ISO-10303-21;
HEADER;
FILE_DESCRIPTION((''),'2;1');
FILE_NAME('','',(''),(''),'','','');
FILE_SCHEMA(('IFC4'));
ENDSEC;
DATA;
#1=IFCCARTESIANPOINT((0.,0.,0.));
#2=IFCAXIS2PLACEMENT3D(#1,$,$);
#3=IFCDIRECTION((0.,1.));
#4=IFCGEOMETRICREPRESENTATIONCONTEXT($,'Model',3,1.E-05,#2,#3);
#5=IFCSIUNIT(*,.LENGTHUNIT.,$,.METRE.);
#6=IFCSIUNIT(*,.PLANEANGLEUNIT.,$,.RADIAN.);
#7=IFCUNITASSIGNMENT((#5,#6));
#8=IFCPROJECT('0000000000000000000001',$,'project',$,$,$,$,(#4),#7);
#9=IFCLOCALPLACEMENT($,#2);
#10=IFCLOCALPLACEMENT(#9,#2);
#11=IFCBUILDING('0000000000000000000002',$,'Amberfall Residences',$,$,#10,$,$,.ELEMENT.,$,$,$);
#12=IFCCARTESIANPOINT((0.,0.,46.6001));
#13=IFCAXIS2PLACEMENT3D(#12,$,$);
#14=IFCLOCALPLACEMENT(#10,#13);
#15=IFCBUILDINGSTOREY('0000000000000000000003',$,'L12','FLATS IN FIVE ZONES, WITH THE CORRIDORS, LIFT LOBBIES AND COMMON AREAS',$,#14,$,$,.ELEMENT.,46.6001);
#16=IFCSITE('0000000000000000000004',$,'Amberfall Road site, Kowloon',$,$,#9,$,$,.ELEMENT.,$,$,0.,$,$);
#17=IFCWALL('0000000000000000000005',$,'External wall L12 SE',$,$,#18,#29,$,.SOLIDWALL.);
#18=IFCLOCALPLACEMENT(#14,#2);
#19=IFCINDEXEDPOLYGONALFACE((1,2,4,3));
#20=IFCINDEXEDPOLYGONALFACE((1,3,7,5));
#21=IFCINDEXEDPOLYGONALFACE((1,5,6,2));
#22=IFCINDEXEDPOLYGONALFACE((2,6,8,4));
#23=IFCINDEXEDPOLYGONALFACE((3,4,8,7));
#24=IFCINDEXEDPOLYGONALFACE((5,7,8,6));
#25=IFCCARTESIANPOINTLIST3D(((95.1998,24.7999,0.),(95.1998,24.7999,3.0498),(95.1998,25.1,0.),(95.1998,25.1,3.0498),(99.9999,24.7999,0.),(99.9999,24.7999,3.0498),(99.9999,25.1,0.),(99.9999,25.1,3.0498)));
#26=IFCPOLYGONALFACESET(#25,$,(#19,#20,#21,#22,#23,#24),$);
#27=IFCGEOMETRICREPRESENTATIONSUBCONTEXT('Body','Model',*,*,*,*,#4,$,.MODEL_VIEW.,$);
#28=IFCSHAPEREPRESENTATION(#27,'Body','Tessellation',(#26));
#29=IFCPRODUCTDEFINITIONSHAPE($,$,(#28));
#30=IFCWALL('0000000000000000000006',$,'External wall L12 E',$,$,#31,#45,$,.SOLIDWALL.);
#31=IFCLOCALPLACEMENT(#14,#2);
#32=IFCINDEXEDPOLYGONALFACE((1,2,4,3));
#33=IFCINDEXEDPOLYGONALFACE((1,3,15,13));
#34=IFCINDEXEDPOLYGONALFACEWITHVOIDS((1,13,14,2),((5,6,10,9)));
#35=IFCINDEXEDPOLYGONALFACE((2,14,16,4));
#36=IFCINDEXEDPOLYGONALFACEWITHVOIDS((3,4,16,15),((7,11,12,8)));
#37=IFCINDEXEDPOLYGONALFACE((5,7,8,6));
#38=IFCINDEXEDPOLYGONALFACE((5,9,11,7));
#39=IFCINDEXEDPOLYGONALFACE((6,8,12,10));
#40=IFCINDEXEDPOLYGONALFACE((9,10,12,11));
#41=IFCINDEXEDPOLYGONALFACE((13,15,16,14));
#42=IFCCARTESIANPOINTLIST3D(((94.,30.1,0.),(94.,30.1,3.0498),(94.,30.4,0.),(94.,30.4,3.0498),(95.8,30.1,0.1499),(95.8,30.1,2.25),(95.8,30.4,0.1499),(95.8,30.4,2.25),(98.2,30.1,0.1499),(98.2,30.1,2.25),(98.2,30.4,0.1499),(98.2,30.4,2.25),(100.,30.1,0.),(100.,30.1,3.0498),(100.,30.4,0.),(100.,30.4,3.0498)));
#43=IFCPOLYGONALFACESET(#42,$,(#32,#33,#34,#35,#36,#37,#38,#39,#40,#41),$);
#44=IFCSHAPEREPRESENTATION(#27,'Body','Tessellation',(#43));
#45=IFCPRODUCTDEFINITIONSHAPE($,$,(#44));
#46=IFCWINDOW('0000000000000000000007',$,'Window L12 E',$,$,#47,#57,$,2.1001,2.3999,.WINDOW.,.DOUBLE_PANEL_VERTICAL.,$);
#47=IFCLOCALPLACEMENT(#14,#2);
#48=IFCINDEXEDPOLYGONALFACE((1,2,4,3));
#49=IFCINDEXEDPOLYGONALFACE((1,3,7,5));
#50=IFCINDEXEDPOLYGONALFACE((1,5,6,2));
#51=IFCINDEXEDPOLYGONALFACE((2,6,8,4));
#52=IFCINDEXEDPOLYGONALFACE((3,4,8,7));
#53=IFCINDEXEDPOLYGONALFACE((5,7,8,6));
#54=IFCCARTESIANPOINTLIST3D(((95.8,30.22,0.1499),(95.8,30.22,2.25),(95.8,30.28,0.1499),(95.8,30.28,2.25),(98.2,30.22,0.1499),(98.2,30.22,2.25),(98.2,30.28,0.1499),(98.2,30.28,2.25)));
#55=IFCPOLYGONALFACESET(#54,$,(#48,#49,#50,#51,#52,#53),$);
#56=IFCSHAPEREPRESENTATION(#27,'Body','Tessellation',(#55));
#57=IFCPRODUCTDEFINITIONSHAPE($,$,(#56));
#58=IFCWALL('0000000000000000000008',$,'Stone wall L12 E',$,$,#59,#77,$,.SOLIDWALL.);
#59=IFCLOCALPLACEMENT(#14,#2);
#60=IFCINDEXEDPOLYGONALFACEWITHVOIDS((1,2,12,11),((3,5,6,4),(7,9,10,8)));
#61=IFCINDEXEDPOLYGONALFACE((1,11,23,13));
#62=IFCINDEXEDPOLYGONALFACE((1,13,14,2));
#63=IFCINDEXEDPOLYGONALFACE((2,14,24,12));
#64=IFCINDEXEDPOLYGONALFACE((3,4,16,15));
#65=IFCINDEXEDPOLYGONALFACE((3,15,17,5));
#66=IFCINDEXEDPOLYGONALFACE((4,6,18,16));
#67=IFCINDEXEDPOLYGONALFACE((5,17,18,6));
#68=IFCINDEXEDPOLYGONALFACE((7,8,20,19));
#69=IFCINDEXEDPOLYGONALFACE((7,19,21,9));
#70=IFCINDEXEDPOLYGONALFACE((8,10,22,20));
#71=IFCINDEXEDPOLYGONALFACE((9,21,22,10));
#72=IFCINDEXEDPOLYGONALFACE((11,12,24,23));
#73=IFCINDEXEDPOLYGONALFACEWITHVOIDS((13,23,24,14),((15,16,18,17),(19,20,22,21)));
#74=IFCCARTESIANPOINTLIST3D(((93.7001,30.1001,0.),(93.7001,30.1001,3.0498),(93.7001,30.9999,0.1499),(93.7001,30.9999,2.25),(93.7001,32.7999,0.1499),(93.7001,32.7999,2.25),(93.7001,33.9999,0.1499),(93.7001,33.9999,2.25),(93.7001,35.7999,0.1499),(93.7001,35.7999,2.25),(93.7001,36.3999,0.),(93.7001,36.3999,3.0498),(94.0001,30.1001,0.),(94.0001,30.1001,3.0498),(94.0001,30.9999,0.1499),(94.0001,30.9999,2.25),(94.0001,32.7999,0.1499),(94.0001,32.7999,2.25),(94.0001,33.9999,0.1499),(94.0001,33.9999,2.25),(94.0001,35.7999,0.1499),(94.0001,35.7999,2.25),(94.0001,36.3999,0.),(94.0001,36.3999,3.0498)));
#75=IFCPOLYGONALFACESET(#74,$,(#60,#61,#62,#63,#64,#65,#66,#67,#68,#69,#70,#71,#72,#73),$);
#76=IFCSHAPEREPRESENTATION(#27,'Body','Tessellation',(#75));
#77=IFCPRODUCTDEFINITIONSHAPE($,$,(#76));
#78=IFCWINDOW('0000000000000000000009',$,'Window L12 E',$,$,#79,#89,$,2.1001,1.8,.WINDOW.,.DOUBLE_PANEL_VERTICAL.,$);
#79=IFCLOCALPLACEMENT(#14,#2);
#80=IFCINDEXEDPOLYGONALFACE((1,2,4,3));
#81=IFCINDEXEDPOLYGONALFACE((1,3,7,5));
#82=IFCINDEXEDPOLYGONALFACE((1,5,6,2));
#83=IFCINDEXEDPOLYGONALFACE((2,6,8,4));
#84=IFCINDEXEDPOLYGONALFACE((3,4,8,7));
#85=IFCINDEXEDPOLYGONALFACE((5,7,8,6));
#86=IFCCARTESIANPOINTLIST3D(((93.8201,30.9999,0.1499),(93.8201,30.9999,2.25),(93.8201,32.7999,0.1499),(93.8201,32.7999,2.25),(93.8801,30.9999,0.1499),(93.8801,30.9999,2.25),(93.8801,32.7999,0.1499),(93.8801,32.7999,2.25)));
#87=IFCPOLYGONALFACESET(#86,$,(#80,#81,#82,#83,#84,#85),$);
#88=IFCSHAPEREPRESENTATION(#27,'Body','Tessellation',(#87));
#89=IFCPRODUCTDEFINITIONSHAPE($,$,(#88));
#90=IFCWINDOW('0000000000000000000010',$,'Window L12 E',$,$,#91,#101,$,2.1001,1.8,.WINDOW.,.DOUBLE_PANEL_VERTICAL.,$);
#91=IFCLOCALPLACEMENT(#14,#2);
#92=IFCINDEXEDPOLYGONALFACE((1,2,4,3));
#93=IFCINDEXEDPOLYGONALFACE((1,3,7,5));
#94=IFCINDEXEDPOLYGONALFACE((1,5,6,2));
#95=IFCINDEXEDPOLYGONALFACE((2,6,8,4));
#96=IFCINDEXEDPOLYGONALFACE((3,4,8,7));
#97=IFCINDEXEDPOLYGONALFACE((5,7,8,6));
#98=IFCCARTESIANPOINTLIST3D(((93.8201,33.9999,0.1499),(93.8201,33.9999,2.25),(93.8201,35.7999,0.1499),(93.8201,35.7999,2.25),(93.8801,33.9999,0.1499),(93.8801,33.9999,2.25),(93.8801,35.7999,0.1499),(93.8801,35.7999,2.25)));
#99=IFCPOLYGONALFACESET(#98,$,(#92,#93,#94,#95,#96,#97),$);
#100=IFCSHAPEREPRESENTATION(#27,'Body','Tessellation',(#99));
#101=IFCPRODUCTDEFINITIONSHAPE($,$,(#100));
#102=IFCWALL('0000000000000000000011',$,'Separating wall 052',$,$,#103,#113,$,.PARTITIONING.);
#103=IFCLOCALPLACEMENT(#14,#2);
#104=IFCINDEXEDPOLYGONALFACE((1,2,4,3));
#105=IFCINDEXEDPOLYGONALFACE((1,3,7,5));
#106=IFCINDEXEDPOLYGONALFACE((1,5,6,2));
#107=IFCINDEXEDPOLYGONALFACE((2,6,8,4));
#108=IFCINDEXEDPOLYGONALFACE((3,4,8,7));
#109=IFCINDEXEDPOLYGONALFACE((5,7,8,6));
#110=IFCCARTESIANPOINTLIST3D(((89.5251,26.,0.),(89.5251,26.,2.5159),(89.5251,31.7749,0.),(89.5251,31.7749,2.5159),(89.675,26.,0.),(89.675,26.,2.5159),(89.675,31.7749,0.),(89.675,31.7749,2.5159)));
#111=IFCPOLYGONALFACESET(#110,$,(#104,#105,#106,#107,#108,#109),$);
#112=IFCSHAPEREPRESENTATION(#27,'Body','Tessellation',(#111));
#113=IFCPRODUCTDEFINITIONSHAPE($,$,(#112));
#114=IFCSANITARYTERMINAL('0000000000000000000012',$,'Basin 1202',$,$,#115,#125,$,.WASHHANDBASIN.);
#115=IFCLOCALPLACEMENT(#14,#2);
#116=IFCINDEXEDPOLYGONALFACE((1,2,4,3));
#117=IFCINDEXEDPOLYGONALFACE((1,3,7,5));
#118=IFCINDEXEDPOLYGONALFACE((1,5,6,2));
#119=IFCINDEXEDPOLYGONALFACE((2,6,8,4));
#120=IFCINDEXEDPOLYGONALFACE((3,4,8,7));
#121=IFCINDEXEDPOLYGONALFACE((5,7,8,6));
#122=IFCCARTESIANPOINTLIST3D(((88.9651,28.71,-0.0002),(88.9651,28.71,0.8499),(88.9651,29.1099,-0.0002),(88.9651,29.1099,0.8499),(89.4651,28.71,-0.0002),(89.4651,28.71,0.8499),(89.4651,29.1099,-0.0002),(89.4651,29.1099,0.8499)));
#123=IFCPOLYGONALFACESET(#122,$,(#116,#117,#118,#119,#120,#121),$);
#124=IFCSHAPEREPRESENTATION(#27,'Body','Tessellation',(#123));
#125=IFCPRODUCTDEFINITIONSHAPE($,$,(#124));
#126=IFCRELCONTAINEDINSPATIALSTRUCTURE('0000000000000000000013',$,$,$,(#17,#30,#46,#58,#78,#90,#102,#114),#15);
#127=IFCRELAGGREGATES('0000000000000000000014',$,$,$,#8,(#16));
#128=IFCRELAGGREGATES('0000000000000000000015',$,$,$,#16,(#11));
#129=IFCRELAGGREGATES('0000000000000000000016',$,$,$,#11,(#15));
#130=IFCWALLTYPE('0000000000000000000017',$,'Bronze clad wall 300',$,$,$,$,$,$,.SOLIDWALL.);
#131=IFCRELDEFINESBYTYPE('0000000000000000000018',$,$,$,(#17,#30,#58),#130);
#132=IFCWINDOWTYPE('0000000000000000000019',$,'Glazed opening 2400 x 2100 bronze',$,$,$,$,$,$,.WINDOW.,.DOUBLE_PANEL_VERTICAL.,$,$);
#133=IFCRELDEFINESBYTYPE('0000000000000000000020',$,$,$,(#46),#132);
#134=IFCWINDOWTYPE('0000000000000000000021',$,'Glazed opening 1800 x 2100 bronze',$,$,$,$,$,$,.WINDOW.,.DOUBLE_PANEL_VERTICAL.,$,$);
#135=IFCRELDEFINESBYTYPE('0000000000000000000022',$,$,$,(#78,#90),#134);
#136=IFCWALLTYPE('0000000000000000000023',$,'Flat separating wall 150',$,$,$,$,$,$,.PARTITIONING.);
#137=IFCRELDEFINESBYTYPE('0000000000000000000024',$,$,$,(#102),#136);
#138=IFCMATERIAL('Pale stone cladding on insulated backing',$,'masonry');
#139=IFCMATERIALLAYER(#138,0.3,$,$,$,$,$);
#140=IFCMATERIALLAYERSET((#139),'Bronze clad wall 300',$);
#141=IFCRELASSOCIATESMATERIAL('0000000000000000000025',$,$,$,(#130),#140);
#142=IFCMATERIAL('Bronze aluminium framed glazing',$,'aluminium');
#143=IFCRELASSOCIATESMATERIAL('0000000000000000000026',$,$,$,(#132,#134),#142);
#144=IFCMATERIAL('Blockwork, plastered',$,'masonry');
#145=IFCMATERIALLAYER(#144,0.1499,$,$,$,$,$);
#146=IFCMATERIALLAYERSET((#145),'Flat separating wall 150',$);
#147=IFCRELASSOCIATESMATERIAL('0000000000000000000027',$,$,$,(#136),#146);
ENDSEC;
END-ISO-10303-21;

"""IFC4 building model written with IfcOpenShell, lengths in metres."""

from ifc_helpers import new_model, si_unit, direction, frame, frame_2d, origin, origin_2d, place, context, subcontext, project, spatial, rectangle, extrude, material, layer, layer_set, type_object, element, fill, save


model = new_model("IFC4")

# Units and contexts
model_context = context("Model", 3, precision=1e-05, world=origin(), true_north=direction((0.0, 1.0)))
body_context = subcontext(model_context, "Body", "Model", "MODEL_VIEW")
ifc_project = project(units=[si_unit("LENGTHUNIT", "METRE"), si_unit("PLANEANGLEUNIT", "RADIAN")], contexts=[model_context])

# Site, building, storey
site_placement = place(None, origin())
site = spatial("IfcSite", under=ifc_project, at=site_placement, Name="Amberfall Road site, Kowloon", CompositionType="ELEMENT", RefElevation=0.0)
building_placement = place(site_placement, origin())
building = spatial("IfcBuilding", under=site, at=building_placement, Name="Amberfall Residences", CompositionType="ELEMENT")
storey_placement = place(building_placement, frame((0.0, 0.0, 46.6001)))
storey = spatial("IfcBuildingStorey", under=building, at=storey_placement, Name="L12", Description="FLATS IN FIVE ZONES, WITH THE CORRIDORS, LIFT LOBBIES AND COMMON AREAS", CompositionType="ELEMENT", Elevation=46.6001)

# Shared definitions
ifc_material_1 = material(Name="Pale stone cladding on insulated backing", Category="masonry")
ifc_layer_1 = layer(ifc_material_1, 0.3)
ifc_layer_set_1 = layer_set([ifc_layer_1], Name="Bronze clad wall 300")
wall_type_1 = type_object("IfcWallType", Name="Bronze clad wall 300", PredefinedType="SOLIDWALL", material=ifc_layer_set_1)
ifc_material_2 = material(Name="Bronze aluminium framed glazing", Category="aluminium")
window_type_1 = type_object("IfcWindowType", Name="Glazed opening 2400 x 2100 bronze", PartitioningType="DOUBLE_PANEL_VERTICAL", PredefinedType="WINDOW", material=ifc_material_2)

# Wall
wall_1_placement = place(storey_placement, frame((95.2, 24.95, 0.0), z_axis=(0.0, 0.0, 1.0), x_axis=(1.0, 0.0, 0.0)))
element("IfcWall", 1, at=wall_1_placement, inside=storey, type_object=wall_type_1, Name="External wall L12 SE", PredefinedType="SOLIDWALL", context=body_context, shape_type="SweptSolid", body=[
    extrude(rectangle(XDim=4.8, YDim=0.3, at=frame_2d((2.3999, 0.0))), origin(), (0.0, 0.0, 1.0), 3.0498),
])

# Wall, opening, window
wall_2_placement = place(storey_placement, frame((100.0, 30.25, 0.0), z_axis=(0.0, 0.0, 1.0), x_axis=(-1.0, 0.0, 0.0)))
wall_2 = element("IfcWall", 2, at=wall_2_placement, inside=storey, type_object=wall_type_1, Name="External wall L12 E", PredefinedType="SOLIDWALL", context=body_context, shape_type="SweptSolid", body=[
    extrude(rectangle(XDim=6.0, YDim=0.3, at=frame_2d((3.0, 0.0))), origin(), (0.0, 0.0, 1.0), 3.0498),
])
opening_1_placement = place(wall_2_placement, frame((1.8, 0.0, 0.1499)))
opening_1 = element("IfcOpeningElement", 3, at=opening_1_placement, cuts=wall_2, PredefinedType="OPENING", context=body_context, shape_type="SweptSolid", body=[
    extrude(rectangle(XDim=2.3999, YDim=2.1001, at=frame_2d((1.2, 1.05))), frame((0.0, 0.1599, 0.0), z_axis=(0.0, -1.0, 0.0), x_axis=(1.0, 0.0, 0.0)), (0.0, 0.0, 1.0), 0.3201),
])
window_1_placement = place(opening_1_placement, origin())
window_1 = element("IfcWindow", 4, at=window_1_placement, inside=storey, type_object=window_type_1, Name="Window L12 E", OverallHeight=2.1001, OverallWidth=2.3999, PartitioningType="DOUBLE_PANEL_VERTICAL", PredefinedType="WINDOW", context=body_context, shape_type="SweptSolid", body=[
    extrude(rectangle(XDim=2.3999, YDim=2.1001, at=frame_2d((1.2, 1.05))), frame((0.0, 0.03, 0.0), z_axis=(0.0, -1.0, 0.0), x_axis=(1.0, 0.0, 0.0)), (0.0, 0.0, 1.0), 0.0601),
])
fill(opening_1, window_1)

# Wall, openings, windows
wall_3_placement = place(storey_placement, frame((93.8501, 30.1001, 0.0), z_axis=(0.0, 0.0, 1.0), x_axis=(0.0, 1.0, 0.0)))
wall_3 = element("IfcWall", 5, at=wall_3_placement, inside=storey, type_object=wall_type_1, Name="Stone wall L12 E", PredefinedType="SOLIDWALL", context=body_context, shape_type="SweptSolid", body=[
    extrude(rectangle(XDim=6.2998, YDim=0.3, at=frame_2d((3.1499, 0.0))), origin(), (0.0, 0.0, 1.0), 3.0498),
])
opening_2_placement = place(wall_3_placement, frame((0.8999, 0.0, 0.1499)))
opening_2 = element("IfcOpeningElement", 6, at=opening_2_placement, cuts=wall_3, PredefinedType="OPENING", context=body_context, shape_type="SweptSolid", body=[
    extrude(rectangle(XDim=1.8, YDim=2.1001, at=frame_2d((0.8999, 1.05))), frame((0.0, 0.1599, 0.0), z_axis=(0.0, -1.0, 0.0), x_axis=(1.0, 0.0, 0.0)), (0.0, 0.0, 1.0), 0.3201),
])
opening_3_placement = place(wall_3_placement, frame((3.8999, 0.0, 0.1499)))
opening_3 = element("IfcOpeningElement", 7, at=opening_3_placement, cuts=wall_3, PredefinedType="OPENING", context=body_context, shape_type="SweptSolid", body=[
    extrude(rectangle(XDim=1.8, YDim=2.1001, at=frame_2d((0.8999, 1.05))), frame((0.0, 0.1599, 0.0), z_axis=(0.0, -1.0, 0.0), x_axis=(1.0, 0.0, 0.0)), (0.0, 0.0, 1.0), 0.3201),
])
window_type_2 = type_object("IfcWindowType", Name="Glazed opening 1800 x 2100 bronze", PartitioningType="DOUBLE_PANEL_VERTICAL", PredefinedType="WINDOW", material=ifc_material_2)
window_2_placement = place(opening_2_placement, origin())
window_2 = element("IfcWindow", 8, at=window_2_placement, inside=storey, type_object=window_type_2, Name="Window L12 E", OverallHeight=2.1001, OverallWidth=1.8, PartitioningType="DOUBLE_PANEL_VERTICAL", PredefinedType="WINDOW", context=body_context, shape_type="SweptSolid", body=[
    extrude(rectangle(XDim=1.8, YDim=2.1001, at=frame_2d((0.8999, 1.05))), frame((0.0, 0.03, 0.0), z_axis=(0.0, -1.0, 0.0), x_axis=(1.0, 0.0, 0.0)), (0.0, 0.0, 1.0), 0.0601),
])
fill(opening_2, window_2)
window_3_placement = place(opening_3_placement, origin())
window_3 = element("IfcWindow", 9, at=window_3_placement, inside=storey, type_object=window_type_2, Name="Window L12 E", OverallHeight=2.1001, OverallWidth=1.8, PartitioningType="DOUBLE_PANEL_VERTICAL", PredefinedType="WINDOW", context=body_context, shape_type="SweptSolid", body=[
    extrude(rectangle(XDim=1.8, YDim=2.1001, at=frame_2d((0.8999, 1.05))), frame((0.0, 0.03, 0.0), z_axis=(0.0, -1.0, 0.0), x_axis=(1.0, 0.0, 0.0)), (0.0, 0.0, 1.0), 0.0601),
])
fill(opening_3, window_3)

# Wall
ifc_material_3 = material(Name="Blockwork, plastered", Category="masonry")
ifc_layer_2 = layer(ifc_material_3, 0.1499)
ifc_layer_set_2 = layer_set([ifc_layer_2], Name="Flat separating wall 150")
wall_type_2 = type_object("IfcWallType", Name="Flat separating wall 150", PredefinedType="PARTITIONING", material=ifc_layer_set_2)
wall_4_placement = place(storey_placement, frame((89.6001, 26.0, 0.0), z_axis=(0.0, 0.0, 1.0), x_axis=(0.0, 1.0, 0.0)))
element("IfcWall", 10, at=wall_4_placement, inside=storey, type_object=wall_type_2, Name="Separating wall 052", PredefinedType="PARTITIONING", context=body_context, shape_type="SweptSolid", body=[
    extrude(rectangle(XDim=5.7749, YDim=0.1499, at=frame_2d((2.8875, 0.0))), origin(), (0.0, 0.0, 1.0), 2.5159),
])

# Sanitary terminal
sanitary_terminal_placement = place(storey_placement, frame((89.2151, 28.9099, -0.0002), z_axis=(0.0, 0.0, 1.0), x_axis=(1.0, 0.0, 0.0)))
element("IfcSanitaryTerminal", 11, at=sanitary_terminal_placement, inside=storey, Name="Basin 1202", PredefinedType="WASHHANDBASIN", context=body_context, shape_type="SweptSolid", body=[
    extrude(rectangle(XDim=0.5, YDim=0.3999, at=origin_2d()), origin(), (0.0, 0.0, 1.0), 0.8501),
])

save(model, "model.ifc")
